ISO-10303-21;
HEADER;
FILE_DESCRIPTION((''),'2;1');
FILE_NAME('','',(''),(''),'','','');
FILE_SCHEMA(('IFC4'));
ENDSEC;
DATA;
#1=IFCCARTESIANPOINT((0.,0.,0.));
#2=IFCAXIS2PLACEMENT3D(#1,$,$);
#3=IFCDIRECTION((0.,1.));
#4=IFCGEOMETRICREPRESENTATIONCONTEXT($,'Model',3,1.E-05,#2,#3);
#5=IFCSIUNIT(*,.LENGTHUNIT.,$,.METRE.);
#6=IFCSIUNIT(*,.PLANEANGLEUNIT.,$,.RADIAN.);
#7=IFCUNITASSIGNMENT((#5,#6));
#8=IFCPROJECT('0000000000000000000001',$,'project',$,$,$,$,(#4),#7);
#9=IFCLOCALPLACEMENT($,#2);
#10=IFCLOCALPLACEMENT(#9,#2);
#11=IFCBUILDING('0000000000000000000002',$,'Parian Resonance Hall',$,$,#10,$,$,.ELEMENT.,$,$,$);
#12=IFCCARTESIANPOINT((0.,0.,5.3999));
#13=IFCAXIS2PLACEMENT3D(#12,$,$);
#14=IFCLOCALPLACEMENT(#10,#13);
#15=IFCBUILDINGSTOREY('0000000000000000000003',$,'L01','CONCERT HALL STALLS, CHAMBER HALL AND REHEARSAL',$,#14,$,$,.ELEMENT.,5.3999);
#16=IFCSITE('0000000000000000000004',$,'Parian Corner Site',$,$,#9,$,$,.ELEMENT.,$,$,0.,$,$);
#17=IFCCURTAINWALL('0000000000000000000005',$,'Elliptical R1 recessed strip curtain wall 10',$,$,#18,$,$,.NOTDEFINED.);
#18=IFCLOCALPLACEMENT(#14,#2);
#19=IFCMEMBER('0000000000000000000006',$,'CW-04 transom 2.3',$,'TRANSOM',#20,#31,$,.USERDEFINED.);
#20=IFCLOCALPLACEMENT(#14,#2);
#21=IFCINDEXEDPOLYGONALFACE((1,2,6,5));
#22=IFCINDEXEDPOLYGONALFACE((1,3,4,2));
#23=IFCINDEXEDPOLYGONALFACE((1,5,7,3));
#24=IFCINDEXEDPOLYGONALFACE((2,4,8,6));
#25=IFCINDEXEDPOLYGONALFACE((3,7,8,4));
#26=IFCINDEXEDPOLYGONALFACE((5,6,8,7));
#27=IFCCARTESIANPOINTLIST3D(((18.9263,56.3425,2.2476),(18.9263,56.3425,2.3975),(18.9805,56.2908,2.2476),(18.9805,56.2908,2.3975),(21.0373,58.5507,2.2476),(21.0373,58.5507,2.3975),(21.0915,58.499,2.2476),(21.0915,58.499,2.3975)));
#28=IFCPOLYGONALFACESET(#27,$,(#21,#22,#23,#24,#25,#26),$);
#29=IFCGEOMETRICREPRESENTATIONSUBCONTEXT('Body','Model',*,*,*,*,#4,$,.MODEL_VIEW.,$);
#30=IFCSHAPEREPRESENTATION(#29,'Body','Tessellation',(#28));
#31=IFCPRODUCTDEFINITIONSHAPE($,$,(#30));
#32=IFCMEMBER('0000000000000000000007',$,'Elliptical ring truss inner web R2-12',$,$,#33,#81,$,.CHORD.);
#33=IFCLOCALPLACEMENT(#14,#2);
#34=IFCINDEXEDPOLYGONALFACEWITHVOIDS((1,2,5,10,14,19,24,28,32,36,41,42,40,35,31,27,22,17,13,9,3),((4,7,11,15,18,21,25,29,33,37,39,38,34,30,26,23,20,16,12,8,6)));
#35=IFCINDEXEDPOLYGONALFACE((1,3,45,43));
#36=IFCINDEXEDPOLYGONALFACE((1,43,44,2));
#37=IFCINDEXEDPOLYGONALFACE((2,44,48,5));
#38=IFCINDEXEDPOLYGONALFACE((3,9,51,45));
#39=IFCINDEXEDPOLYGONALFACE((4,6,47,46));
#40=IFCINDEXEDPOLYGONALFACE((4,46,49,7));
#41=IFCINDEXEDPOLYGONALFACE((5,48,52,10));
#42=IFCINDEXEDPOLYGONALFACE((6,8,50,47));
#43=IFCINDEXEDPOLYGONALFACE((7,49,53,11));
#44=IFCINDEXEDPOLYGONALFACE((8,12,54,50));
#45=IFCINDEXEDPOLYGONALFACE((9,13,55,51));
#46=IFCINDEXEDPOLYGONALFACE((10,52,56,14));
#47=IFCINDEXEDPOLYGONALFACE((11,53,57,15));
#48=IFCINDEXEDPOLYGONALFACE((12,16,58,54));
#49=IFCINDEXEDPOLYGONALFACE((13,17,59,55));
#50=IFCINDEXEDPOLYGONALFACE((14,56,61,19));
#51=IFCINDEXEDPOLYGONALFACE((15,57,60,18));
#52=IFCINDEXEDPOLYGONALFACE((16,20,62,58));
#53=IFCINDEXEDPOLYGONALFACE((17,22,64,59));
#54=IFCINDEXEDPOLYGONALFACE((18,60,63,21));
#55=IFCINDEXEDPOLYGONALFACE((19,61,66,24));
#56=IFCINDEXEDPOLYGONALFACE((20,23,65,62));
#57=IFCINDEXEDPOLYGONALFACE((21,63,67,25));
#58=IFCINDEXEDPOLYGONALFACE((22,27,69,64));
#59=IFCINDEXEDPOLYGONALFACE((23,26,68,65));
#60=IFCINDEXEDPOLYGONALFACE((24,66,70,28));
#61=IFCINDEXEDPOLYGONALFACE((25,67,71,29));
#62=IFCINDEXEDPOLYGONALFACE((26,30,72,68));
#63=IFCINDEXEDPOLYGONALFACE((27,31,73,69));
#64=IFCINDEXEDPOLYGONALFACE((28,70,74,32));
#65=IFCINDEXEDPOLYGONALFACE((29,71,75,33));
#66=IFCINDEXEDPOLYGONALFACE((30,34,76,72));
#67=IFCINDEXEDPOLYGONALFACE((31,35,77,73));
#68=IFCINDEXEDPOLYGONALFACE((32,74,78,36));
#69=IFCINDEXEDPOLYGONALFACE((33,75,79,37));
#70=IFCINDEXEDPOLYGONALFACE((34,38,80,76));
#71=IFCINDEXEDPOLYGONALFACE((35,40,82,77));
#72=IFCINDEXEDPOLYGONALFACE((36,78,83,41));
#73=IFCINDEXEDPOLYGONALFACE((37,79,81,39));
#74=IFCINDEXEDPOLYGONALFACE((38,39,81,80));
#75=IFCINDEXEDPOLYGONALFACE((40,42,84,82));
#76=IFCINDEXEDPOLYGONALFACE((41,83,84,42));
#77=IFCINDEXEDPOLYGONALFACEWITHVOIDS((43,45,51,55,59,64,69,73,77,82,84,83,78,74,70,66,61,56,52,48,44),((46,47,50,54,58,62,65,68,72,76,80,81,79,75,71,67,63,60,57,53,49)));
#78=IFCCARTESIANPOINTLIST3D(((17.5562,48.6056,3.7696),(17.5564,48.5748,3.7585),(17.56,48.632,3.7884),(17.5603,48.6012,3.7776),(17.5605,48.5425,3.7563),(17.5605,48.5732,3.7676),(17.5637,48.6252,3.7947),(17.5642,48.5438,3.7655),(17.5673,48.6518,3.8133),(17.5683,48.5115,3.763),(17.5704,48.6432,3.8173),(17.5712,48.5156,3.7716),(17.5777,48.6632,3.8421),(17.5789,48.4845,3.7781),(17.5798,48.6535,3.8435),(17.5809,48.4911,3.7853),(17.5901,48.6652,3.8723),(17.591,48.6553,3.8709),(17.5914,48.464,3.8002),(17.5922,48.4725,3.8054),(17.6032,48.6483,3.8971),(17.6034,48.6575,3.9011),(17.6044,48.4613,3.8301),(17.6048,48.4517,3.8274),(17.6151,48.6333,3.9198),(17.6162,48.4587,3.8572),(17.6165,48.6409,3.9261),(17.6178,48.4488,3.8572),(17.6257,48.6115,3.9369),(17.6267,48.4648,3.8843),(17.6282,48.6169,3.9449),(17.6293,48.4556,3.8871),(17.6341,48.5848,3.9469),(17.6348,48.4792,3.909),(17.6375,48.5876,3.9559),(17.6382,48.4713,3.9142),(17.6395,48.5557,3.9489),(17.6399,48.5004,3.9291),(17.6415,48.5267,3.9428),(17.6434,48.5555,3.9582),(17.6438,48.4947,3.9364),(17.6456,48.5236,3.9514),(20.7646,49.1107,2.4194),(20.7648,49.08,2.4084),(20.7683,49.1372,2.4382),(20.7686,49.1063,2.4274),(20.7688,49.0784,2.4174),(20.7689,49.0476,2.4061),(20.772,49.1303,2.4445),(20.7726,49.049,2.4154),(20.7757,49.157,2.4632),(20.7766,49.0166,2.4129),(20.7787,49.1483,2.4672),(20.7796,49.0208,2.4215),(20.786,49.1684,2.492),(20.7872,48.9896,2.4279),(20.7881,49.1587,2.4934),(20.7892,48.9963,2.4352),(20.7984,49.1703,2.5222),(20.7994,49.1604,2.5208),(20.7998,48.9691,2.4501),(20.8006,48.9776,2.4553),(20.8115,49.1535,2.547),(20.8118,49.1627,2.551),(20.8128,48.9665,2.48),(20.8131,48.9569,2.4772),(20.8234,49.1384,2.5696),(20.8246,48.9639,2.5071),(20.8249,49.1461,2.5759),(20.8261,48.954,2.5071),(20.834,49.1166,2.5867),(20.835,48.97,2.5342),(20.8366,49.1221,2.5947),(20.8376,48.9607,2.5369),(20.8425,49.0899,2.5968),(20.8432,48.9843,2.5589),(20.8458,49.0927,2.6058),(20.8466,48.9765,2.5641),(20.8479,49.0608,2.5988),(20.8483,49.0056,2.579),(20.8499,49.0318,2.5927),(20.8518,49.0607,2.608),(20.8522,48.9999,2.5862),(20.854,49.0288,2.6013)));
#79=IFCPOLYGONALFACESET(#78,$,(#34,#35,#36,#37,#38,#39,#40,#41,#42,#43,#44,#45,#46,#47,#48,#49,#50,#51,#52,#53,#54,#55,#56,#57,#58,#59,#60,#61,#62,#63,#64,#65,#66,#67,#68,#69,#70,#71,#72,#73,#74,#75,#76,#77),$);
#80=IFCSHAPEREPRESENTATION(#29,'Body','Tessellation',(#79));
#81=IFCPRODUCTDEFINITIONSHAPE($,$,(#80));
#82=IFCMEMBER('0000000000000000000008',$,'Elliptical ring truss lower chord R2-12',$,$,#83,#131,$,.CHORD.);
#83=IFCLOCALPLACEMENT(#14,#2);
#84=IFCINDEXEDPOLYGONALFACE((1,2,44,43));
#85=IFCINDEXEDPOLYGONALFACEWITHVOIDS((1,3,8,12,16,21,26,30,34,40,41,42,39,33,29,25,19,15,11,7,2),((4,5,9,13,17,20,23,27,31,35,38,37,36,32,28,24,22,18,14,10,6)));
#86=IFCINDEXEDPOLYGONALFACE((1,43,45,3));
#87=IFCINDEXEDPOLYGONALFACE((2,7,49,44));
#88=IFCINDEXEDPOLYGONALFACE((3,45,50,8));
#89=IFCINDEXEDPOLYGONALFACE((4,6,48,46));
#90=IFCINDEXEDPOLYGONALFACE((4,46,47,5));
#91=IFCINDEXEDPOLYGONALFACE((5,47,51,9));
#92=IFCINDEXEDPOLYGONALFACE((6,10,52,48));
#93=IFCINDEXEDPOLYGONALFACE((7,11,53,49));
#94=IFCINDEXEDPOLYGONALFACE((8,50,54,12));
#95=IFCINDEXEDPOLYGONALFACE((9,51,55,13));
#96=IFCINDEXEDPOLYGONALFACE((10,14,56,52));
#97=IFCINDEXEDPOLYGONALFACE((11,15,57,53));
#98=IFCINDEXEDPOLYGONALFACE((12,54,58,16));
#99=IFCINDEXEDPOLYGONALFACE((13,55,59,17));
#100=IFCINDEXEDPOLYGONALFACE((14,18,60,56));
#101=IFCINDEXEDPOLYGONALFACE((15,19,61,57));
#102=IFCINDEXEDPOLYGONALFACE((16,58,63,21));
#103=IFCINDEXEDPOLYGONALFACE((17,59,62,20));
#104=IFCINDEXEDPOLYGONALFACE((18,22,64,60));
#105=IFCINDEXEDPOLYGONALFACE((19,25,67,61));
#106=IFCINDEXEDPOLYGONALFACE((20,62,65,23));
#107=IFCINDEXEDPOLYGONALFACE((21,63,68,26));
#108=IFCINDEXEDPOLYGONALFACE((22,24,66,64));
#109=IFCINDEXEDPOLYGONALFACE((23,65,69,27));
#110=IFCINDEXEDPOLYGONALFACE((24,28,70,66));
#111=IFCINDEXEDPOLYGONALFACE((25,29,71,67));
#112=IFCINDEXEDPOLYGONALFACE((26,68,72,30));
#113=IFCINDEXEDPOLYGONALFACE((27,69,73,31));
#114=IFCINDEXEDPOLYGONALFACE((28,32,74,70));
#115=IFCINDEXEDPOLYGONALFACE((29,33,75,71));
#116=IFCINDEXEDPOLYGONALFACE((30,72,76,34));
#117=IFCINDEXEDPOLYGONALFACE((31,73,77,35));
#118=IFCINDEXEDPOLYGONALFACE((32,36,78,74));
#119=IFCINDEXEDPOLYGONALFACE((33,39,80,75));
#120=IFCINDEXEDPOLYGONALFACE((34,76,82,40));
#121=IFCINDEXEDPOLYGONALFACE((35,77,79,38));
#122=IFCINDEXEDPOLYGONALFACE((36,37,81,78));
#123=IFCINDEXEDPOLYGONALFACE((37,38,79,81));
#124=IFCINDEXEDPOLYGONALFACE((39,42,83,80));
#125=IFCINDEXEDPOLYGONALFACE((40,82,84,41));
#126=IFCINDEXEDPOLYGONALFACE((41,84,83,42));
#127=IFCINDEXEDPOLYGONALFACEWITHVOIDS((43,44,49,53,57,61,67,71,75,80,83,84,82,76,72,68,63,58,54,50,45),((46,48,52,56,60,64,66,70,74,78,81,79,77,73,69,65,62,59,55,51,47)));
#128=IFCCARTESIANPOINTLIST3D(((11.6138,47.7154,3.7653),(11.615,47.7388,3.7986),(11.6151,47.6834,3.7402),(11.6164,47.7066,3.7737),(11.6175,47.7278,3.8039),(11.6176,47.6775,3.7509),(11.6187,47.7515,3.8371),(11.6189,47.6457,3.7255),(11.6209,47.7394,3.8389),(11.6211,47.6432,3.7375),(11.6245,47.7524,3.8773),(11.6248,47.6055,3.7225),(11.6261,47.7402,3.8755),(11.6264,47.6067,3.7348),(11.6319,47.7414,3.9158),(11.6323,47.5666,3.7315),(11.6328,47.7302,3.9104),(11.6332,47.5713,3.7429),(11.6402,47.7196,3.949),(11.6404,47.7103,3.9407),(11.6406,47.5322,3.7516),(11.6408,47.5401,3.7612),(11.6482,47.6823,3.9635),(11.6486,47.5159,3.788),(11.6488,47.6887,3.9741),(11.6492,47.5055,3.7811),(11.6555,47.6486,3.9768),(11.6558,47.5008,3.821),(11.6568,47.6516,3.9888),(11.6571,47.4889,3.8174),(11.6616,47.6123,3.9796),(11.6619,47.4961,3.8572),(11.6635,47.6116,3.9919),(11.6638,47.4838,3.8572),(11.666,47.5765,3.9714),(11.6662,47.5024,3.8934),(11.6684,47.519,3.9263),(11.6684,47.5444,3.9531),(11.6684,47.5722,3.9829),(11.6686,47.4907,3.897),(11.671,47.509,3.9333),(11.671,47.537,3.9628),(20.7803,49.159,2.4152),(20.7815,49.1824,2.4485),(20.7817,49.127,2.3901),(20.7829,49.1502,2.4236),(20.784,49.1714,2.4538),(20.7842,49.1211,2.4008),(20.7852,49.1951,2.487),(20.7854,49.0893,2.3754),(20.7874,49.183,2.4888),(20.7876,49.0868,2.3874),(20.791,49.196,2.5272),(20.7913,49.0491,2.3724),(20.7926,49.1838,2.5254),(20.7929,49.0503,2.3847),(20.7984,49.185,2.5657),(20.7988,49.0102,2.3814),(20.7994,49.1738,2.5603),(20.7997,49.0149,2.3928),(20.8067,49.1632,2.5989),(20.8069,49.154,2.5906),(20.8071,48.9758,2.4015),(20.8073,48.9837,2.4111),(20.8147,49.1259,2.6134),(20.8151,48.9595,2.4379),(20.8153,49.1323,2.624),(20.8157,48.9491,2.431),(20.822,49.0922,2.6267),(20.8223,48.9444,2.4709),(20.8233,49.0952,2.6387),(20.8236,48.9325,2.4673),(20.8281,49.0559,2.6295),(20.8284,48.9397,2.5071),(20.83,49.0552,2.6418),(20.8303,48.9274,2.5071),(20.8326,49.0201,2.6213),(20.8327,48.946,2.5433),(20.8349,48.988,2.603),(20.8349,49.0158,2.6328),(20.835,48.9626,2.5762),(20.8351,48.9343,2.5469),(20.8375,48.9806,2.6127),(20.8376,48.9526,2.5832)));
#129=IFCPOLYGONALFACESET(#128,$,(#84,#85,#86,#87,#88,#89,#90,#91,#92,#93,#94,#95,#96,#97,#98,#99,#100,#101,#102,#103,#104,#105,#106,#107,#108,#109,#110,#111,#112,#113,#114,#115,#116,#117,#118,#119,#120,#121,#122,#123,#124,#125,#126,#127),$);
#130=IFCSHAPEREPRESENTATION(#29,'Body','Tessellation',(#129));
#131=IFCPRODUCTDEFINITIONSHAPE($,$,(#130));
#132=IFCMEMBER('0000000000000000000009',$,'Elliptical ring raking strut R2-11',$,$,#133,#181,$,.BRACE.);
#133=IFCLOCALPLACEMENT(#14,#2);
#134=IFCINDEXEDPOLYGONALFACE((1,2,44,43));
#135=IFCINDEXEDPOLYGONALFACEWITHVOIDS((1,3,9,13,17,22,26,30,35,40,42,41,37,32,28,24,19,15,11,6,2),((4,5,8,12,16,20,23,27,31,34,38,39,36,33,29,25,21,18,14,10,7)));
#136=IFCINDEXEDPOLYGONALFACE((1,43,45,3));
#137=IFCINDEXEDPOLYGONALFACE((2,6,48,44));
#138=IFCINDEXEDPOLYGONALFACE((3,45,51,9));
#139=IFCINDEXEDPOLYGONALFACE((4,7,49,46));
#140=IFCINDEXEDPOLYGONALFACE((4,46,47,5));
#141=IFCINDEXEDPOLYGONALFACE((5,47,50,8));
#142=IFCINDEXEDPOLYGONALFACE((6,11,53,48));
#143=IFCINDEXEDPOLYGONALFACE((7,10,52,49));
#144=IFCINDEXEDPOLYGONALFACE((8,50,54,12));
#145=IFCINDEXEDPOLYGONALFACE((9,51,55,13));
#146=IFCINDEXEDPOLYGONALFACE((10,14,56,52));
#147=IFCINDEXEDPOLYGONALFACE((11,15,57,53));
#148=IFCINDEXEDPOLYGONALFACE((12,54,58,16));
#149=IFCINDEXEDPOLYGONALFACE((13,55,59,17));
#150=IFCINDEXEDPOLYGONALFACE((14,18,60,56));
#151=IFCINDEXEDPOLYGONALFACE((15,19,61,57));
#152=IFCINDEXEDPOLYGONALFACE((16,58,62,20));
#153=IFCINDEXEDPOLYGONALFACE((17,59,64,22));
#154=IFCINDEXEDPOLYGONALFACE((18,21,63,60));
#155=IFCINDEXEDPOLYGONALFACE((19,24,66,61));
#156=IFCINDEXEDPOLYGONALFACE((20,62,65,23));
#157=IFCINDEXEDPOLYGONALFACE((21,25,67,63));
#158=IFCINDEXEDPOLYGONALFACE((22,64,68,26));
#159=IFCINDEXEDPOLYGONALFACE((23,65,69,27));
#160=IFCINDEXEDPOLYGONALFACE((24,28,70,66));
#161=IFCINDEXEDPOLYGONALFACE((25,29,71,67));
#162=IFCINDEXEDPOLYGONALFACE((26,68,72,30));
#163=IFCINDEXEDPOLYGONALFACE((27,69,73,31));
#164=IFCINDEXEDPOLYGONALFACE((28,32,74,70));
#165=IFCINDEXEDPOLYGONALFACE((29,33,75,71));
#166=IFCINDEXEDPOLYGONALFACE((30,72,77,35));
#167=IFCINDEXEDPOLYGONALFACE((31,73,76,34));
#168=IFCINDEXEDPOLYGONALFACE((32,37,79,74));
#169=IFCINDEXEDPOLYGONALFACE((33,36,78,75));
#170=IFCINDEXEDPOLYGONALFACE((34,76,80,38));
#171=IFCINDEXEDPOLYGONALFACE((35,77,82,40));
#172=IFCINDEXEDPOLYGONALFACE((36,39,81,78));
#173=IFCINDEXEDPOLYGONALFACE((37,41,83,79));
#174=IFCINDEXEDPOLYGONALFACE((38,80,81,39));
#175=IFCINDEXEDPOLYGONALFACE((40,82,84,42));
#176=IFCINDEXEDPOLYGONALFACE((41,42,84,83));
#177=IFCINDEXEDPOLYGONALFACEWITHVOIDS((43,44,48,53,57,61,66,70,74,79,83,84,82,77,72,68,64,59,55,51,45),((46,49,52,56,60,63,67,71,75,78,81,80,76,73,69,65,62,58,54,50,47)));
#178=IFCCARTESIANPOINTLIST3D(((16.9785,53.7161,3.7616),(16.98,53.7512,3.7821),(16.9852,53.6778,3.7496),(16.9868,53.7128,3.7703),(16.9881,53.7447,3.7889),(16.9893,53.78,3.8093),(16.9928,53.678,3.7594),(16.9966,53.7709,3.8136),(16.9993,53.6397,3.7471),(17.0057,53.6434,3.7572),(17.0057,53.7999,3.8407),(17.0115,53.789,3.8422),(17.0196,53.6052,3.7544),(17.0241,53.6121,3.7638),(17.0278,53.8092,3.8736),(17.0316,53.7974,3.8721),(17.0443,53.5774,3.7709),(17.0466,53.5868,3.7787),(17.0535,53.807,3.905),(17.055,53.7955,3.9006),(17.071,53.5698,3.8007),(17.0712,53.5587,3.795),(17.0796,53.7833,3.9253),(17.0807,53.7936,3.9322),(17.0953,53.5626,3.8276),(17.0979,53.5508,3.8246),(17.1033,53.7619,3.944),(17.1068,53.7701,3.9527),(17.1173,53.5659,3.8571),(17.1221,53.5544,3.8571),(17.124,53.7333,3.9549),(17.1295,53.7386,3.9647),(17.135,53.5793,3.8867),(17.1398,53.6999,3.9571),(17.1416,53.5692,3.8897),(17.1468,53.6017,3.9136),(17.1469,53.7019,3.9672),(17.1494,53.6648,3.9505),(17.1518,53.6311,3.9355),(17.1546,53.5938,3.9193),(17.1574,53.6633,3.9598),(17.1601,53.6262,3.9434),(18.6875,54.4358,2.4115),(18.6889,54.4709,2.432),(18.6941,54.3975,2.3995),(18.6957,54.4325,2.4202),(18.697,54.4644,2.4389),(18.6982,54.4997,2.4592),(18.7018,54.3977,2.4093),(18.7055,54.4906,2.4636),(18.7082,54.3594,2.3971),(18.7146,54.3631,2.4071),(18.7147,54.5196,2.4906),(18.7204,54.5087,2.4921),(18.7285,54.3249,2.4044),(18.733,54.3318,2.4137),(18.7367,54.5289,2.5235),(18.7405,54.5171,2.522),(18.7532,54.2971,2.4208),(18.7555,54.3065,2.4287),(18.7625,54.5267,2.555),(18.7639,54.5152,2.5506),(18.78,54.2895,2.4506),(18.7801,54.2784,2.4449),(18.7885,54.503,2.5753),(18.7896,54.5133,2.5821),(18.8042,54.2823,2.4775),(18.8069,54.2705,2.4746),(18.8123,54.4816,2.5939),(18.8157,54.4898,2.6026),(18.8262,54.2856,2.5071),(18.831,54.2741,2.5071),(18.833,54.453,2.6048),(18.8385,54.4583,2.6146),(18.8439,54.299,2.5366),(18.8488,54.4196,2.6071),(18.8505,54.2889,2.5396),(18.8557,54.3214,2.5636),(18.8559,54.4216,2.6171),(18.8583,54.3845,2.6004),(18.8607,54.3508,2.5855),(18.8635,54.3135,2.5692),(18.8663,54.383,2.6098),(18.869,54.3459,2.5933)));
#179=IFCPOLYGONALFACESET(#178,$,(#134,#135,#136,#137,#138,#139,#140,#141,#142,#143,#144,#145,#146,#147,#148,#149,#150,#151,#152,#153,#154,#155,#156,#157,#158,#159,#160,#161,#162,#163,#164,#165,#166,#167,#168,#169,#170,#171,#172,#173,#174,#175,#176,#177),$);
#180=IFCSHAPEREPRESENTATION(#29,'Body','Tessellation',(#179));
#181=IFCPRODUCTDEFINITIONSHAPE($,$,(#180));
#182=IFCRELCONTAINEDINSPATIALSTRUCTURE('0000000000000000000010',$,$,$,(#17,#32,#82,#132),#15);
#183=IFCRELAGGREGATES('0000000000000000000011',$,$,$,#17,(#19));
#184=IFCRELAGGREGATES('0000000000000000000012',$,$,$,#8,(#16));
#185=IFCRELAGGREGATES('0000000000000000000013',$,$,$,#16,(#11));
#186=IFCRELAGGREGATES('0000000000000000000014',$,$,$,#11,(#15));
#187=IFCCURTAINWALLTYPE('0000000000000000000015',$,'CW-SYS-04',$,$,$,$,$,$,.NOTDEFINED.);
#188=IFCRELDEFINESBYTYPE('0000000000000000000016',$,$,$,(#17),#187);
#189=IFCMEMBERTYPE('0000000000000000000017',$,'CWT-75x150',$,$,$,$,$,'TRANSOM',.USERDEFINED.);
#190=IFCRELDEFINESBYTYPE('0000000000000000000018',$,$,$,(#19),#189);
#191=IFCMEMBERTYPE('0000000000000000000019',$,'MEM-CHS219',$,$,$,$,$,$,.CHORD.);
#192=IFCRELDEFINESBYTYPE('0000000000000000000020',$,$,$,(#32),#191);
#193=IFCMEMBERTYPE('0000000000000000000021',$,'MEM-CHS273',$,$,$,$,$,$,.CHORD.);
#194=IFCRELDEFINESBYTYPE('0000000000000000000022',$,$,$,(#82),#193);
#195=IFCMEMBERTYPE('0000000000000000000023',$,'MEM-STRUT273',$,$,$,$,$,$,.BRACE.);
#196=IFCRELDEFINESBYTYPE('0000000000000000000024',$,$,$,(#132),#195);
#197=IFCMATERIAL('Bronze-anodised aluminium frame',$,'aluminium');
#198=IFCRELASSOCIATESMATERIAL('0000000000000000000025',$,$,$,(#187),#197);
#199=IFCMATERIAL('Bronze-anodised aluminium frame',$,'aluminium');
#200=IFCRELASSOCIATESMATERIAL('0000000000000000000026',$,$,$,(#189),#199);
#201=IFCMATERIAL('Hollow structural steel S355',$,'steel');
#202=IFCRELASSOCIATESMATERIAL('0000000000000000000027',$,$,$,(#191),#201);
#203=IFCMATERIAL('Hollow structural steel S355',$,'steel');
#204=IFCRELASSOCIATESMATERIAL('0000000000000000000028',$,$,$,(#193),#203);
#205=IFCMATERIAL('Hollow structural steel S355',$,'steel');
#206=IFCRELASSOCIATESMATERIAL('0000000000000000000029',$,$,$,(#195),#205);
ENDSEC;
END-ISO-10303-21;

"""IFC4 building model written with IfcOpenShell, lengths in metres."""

from ifc_helpers import new_model, si_unit, direction, frame, origin, origin_2d, place, context, subcontext, project, spatial, rectangle, hollow_circle, extrude, material, material_profile, profile_set, type_object, element, aggregate, save


model = new_model("IFC4")

# Units and contexts
model_context = context("Model", 3, precision=1e-05, world=origin(), true_north=direction((0.0, 1.0)))
body_context = subcontext(model_context, "Body", "Model", "MODEL_VIEW")
ifc_project = project(units=[si_unit("LENGTHUNIT", "METRE"), si_unit("PLANEANGLEUNIT", "RADIAN")], contexts=[model_context])

# Site, building, storey
site_placement = place(None, origin())
site = spatial("IfcSite", under=ifc_project, at=site_placement, Name="Parian Corner Site", CompositionType="ELEMENT", RefElevation=0.0)
building_placement = place(site_placement, origin())
building = spatial("IfcBuilding", under=site, at=building_placement, Name="Parian Resonance Hall", CompositionType="ELEMENT")
storey_placement = place(building_placement, frame((0.0, 0.0, 5.3999)))
storey = spatial("IfcBuildingStorey", under=building, at=storey_placement, Name="L01", Description="CONCERT HALL STALLS, CHAMBER HALL AND REHEARSAL", CompositionType="ELEMENT", Elevation=5.3999)

# Curtain wall, member
ifc_material_1 = material(Name="Bronze-anodised aluminium frame", Category="aluminium")
curtain_wall_type = type_object("IfcCurtainWallType", Name="CW-SYS-04", PredefinedType="NOTDEFINED", material=ifc_material_1)
curtain_wall_placement = place(storey_placement, origin())
curtain_wall = element("IfcCurtainWall", 1, at=curtain_wall_placement, inside=storey, type_object=curtain_wall_type, Name="Elliptical R1 recessed strip curtain wall 10", PredefinedType="NOTDEFINED")
ifc_material_2 = material(Name="Bronze-anodised aluminium frame", Category="aluminium")
ifc_material_profile_1 = material_profile(ifc_material_2, rectangle(XDim=0.075, YDim=0.1499, at=origin_2d()), Name="CWT-75x150")
ifc_profile_set_1 = profile_set([ifc_material_profile_1], Name="Bronze-anodised aluminium frame")
member_type_1 = type_object("IfcMemberType", Name="CWT-75x150", ElementType="TRANSOM", PredefinedType="USERDEFINED", material=ifc_profile_set_1)
member_1_placement = place(storey_placement, frame((18.9534, 56.3167, 2.3225), z_axis=(0.691025, 0.722831, 0.0), x_axis=(-0.722831, 0.691025, 0.0)))
member_1 = element("IfcMember", 2, at=member_1_placement, type_object=member_type_1, Name="CW-04 transom 2.3", ObjectType="TRANSOM", PredefinedType="USERDEFINED", context=body_context, shape_type="SweptSolid", body=[
    extrude(rectangle(XDim=0.075, YDim=0.1499, at=origin_2d()), origin(), (0.0, 0.0, 1.0), 3.0549),
])

# Members
ifc_material_3 = material(Name="Hollow structural steel S355", Category="steel")
ifc_material_profile_2 = material_profile(ifc_material_3, hollow_circle(Radius=0.1096, WallThickness=0.01, at=origin_2d()), Name="CHS219.1x10")
ifc_profile_set_2 = profile_set([ifc_material_profile_2], Name="Hollow structural steel S355")
member_type_2 = type_object("IfcMemberType", Name="MEM-CHS219", PredefinedType="CHORD", material=ifc_profile_set_2)
member_2_placement = place(storey_placement, frame((20.8091, 49.0623, 2.5071), z_axis=(-0.912157, -0.143616, 0.383854), x_axis=(0.15553, -0.987831, 0.0)))
element("IfcMember", 3, at=member_2_placement, inside=storey, type_object=member_type_2, Name="Elliptical ring truss inner web R2-12", PredefinedType="CHORD", context=body_context, shape_type="SweptSolid", body=[
    extrude(hollow_circle(Radius=0.1096, WallThickness=0.01, at=origin_2d()), origin(), (0.0, 0.0, 1.0), 3.5173),
])
ifc_material_4 = material(Name="Hollow structural steel S355", Category="steel")
ifc_material_profile_3 = material_profile(ifc_material_4, hollow_circle(Radius=0.1365, WallThickness=0.0125, at=origin_2d()), Name="CHS273x12.5")
ifc_profile_set_3 = profile_set([ifc_material_profile_3], Name="Hollow structural steel S355")
member_type_3 = type_object("IfcMemberType", Name="MEM-CHS273", PredefinedType="CHORD", material=ifc_profile_set_3)
member_3_placement = place(storey_placement, frame((20.8091, 49.0623, 2.5071), z_axis=(-0.977533, -0.153949, 0.143977), x_axis=(0.155569, -0.987825, 0.0)))
element("IfcMember", 4, at=member_3_placement, inside=storey, type_object=member_type_3, Name="Elliptical ring truss lower chord R2-12", PredefinedType="CHORD", context=body_context, shape_type="SweptSolid", body=[
    extrude(hollow_circle(Radius=0.1365, WallThickness=0.0125, at=origin_2d()), origin(), (0.0, 0.0, 1.0), 9.3772),
])
ifc_material_5 = material(Name="Hollow structural steel S355", Category="steel")
ifc_material_profile_4 = material_profile(ifc_material_5, hollow_circle(Radius=0.1365, WallThickness=0.0125, at=origin_2d()), Name="CHS273x12.5")
ifc_profile_set_4 = profile_set([ifc_material_profile_4], Name="Hollow structural steel S355")
member_type_4 = type_object("IfcMemberType", Name="MEM-STRUT273", PredefinedType="BRACE", material=ifc_profile_set_4)
member_4_placement = place(storey_placement, frame((18.7781, 54.3999, 2.5071), z_axis=(-0.745054, -0.313774, 0.588592), x_axis=(0.388128, -0.921606, 0.0)))
element("IfcMember", 5, at=member_4_placement, inside=storey, type_object=member_type_4, Name="Elliptical ring raking strut R2-11", PredefinedType="BRACE", context=body_context, shape_type="SweptSolid", body=[
    extrude(hollow_circle(Radius=0.1365, WallThickness=0.0125, at=origin_2d()), origin(), (0.0, 0.0, 1.0), 2.2937),
])

aggregate(curtain_wall, [member_1])

save(model, "model.ifc")
